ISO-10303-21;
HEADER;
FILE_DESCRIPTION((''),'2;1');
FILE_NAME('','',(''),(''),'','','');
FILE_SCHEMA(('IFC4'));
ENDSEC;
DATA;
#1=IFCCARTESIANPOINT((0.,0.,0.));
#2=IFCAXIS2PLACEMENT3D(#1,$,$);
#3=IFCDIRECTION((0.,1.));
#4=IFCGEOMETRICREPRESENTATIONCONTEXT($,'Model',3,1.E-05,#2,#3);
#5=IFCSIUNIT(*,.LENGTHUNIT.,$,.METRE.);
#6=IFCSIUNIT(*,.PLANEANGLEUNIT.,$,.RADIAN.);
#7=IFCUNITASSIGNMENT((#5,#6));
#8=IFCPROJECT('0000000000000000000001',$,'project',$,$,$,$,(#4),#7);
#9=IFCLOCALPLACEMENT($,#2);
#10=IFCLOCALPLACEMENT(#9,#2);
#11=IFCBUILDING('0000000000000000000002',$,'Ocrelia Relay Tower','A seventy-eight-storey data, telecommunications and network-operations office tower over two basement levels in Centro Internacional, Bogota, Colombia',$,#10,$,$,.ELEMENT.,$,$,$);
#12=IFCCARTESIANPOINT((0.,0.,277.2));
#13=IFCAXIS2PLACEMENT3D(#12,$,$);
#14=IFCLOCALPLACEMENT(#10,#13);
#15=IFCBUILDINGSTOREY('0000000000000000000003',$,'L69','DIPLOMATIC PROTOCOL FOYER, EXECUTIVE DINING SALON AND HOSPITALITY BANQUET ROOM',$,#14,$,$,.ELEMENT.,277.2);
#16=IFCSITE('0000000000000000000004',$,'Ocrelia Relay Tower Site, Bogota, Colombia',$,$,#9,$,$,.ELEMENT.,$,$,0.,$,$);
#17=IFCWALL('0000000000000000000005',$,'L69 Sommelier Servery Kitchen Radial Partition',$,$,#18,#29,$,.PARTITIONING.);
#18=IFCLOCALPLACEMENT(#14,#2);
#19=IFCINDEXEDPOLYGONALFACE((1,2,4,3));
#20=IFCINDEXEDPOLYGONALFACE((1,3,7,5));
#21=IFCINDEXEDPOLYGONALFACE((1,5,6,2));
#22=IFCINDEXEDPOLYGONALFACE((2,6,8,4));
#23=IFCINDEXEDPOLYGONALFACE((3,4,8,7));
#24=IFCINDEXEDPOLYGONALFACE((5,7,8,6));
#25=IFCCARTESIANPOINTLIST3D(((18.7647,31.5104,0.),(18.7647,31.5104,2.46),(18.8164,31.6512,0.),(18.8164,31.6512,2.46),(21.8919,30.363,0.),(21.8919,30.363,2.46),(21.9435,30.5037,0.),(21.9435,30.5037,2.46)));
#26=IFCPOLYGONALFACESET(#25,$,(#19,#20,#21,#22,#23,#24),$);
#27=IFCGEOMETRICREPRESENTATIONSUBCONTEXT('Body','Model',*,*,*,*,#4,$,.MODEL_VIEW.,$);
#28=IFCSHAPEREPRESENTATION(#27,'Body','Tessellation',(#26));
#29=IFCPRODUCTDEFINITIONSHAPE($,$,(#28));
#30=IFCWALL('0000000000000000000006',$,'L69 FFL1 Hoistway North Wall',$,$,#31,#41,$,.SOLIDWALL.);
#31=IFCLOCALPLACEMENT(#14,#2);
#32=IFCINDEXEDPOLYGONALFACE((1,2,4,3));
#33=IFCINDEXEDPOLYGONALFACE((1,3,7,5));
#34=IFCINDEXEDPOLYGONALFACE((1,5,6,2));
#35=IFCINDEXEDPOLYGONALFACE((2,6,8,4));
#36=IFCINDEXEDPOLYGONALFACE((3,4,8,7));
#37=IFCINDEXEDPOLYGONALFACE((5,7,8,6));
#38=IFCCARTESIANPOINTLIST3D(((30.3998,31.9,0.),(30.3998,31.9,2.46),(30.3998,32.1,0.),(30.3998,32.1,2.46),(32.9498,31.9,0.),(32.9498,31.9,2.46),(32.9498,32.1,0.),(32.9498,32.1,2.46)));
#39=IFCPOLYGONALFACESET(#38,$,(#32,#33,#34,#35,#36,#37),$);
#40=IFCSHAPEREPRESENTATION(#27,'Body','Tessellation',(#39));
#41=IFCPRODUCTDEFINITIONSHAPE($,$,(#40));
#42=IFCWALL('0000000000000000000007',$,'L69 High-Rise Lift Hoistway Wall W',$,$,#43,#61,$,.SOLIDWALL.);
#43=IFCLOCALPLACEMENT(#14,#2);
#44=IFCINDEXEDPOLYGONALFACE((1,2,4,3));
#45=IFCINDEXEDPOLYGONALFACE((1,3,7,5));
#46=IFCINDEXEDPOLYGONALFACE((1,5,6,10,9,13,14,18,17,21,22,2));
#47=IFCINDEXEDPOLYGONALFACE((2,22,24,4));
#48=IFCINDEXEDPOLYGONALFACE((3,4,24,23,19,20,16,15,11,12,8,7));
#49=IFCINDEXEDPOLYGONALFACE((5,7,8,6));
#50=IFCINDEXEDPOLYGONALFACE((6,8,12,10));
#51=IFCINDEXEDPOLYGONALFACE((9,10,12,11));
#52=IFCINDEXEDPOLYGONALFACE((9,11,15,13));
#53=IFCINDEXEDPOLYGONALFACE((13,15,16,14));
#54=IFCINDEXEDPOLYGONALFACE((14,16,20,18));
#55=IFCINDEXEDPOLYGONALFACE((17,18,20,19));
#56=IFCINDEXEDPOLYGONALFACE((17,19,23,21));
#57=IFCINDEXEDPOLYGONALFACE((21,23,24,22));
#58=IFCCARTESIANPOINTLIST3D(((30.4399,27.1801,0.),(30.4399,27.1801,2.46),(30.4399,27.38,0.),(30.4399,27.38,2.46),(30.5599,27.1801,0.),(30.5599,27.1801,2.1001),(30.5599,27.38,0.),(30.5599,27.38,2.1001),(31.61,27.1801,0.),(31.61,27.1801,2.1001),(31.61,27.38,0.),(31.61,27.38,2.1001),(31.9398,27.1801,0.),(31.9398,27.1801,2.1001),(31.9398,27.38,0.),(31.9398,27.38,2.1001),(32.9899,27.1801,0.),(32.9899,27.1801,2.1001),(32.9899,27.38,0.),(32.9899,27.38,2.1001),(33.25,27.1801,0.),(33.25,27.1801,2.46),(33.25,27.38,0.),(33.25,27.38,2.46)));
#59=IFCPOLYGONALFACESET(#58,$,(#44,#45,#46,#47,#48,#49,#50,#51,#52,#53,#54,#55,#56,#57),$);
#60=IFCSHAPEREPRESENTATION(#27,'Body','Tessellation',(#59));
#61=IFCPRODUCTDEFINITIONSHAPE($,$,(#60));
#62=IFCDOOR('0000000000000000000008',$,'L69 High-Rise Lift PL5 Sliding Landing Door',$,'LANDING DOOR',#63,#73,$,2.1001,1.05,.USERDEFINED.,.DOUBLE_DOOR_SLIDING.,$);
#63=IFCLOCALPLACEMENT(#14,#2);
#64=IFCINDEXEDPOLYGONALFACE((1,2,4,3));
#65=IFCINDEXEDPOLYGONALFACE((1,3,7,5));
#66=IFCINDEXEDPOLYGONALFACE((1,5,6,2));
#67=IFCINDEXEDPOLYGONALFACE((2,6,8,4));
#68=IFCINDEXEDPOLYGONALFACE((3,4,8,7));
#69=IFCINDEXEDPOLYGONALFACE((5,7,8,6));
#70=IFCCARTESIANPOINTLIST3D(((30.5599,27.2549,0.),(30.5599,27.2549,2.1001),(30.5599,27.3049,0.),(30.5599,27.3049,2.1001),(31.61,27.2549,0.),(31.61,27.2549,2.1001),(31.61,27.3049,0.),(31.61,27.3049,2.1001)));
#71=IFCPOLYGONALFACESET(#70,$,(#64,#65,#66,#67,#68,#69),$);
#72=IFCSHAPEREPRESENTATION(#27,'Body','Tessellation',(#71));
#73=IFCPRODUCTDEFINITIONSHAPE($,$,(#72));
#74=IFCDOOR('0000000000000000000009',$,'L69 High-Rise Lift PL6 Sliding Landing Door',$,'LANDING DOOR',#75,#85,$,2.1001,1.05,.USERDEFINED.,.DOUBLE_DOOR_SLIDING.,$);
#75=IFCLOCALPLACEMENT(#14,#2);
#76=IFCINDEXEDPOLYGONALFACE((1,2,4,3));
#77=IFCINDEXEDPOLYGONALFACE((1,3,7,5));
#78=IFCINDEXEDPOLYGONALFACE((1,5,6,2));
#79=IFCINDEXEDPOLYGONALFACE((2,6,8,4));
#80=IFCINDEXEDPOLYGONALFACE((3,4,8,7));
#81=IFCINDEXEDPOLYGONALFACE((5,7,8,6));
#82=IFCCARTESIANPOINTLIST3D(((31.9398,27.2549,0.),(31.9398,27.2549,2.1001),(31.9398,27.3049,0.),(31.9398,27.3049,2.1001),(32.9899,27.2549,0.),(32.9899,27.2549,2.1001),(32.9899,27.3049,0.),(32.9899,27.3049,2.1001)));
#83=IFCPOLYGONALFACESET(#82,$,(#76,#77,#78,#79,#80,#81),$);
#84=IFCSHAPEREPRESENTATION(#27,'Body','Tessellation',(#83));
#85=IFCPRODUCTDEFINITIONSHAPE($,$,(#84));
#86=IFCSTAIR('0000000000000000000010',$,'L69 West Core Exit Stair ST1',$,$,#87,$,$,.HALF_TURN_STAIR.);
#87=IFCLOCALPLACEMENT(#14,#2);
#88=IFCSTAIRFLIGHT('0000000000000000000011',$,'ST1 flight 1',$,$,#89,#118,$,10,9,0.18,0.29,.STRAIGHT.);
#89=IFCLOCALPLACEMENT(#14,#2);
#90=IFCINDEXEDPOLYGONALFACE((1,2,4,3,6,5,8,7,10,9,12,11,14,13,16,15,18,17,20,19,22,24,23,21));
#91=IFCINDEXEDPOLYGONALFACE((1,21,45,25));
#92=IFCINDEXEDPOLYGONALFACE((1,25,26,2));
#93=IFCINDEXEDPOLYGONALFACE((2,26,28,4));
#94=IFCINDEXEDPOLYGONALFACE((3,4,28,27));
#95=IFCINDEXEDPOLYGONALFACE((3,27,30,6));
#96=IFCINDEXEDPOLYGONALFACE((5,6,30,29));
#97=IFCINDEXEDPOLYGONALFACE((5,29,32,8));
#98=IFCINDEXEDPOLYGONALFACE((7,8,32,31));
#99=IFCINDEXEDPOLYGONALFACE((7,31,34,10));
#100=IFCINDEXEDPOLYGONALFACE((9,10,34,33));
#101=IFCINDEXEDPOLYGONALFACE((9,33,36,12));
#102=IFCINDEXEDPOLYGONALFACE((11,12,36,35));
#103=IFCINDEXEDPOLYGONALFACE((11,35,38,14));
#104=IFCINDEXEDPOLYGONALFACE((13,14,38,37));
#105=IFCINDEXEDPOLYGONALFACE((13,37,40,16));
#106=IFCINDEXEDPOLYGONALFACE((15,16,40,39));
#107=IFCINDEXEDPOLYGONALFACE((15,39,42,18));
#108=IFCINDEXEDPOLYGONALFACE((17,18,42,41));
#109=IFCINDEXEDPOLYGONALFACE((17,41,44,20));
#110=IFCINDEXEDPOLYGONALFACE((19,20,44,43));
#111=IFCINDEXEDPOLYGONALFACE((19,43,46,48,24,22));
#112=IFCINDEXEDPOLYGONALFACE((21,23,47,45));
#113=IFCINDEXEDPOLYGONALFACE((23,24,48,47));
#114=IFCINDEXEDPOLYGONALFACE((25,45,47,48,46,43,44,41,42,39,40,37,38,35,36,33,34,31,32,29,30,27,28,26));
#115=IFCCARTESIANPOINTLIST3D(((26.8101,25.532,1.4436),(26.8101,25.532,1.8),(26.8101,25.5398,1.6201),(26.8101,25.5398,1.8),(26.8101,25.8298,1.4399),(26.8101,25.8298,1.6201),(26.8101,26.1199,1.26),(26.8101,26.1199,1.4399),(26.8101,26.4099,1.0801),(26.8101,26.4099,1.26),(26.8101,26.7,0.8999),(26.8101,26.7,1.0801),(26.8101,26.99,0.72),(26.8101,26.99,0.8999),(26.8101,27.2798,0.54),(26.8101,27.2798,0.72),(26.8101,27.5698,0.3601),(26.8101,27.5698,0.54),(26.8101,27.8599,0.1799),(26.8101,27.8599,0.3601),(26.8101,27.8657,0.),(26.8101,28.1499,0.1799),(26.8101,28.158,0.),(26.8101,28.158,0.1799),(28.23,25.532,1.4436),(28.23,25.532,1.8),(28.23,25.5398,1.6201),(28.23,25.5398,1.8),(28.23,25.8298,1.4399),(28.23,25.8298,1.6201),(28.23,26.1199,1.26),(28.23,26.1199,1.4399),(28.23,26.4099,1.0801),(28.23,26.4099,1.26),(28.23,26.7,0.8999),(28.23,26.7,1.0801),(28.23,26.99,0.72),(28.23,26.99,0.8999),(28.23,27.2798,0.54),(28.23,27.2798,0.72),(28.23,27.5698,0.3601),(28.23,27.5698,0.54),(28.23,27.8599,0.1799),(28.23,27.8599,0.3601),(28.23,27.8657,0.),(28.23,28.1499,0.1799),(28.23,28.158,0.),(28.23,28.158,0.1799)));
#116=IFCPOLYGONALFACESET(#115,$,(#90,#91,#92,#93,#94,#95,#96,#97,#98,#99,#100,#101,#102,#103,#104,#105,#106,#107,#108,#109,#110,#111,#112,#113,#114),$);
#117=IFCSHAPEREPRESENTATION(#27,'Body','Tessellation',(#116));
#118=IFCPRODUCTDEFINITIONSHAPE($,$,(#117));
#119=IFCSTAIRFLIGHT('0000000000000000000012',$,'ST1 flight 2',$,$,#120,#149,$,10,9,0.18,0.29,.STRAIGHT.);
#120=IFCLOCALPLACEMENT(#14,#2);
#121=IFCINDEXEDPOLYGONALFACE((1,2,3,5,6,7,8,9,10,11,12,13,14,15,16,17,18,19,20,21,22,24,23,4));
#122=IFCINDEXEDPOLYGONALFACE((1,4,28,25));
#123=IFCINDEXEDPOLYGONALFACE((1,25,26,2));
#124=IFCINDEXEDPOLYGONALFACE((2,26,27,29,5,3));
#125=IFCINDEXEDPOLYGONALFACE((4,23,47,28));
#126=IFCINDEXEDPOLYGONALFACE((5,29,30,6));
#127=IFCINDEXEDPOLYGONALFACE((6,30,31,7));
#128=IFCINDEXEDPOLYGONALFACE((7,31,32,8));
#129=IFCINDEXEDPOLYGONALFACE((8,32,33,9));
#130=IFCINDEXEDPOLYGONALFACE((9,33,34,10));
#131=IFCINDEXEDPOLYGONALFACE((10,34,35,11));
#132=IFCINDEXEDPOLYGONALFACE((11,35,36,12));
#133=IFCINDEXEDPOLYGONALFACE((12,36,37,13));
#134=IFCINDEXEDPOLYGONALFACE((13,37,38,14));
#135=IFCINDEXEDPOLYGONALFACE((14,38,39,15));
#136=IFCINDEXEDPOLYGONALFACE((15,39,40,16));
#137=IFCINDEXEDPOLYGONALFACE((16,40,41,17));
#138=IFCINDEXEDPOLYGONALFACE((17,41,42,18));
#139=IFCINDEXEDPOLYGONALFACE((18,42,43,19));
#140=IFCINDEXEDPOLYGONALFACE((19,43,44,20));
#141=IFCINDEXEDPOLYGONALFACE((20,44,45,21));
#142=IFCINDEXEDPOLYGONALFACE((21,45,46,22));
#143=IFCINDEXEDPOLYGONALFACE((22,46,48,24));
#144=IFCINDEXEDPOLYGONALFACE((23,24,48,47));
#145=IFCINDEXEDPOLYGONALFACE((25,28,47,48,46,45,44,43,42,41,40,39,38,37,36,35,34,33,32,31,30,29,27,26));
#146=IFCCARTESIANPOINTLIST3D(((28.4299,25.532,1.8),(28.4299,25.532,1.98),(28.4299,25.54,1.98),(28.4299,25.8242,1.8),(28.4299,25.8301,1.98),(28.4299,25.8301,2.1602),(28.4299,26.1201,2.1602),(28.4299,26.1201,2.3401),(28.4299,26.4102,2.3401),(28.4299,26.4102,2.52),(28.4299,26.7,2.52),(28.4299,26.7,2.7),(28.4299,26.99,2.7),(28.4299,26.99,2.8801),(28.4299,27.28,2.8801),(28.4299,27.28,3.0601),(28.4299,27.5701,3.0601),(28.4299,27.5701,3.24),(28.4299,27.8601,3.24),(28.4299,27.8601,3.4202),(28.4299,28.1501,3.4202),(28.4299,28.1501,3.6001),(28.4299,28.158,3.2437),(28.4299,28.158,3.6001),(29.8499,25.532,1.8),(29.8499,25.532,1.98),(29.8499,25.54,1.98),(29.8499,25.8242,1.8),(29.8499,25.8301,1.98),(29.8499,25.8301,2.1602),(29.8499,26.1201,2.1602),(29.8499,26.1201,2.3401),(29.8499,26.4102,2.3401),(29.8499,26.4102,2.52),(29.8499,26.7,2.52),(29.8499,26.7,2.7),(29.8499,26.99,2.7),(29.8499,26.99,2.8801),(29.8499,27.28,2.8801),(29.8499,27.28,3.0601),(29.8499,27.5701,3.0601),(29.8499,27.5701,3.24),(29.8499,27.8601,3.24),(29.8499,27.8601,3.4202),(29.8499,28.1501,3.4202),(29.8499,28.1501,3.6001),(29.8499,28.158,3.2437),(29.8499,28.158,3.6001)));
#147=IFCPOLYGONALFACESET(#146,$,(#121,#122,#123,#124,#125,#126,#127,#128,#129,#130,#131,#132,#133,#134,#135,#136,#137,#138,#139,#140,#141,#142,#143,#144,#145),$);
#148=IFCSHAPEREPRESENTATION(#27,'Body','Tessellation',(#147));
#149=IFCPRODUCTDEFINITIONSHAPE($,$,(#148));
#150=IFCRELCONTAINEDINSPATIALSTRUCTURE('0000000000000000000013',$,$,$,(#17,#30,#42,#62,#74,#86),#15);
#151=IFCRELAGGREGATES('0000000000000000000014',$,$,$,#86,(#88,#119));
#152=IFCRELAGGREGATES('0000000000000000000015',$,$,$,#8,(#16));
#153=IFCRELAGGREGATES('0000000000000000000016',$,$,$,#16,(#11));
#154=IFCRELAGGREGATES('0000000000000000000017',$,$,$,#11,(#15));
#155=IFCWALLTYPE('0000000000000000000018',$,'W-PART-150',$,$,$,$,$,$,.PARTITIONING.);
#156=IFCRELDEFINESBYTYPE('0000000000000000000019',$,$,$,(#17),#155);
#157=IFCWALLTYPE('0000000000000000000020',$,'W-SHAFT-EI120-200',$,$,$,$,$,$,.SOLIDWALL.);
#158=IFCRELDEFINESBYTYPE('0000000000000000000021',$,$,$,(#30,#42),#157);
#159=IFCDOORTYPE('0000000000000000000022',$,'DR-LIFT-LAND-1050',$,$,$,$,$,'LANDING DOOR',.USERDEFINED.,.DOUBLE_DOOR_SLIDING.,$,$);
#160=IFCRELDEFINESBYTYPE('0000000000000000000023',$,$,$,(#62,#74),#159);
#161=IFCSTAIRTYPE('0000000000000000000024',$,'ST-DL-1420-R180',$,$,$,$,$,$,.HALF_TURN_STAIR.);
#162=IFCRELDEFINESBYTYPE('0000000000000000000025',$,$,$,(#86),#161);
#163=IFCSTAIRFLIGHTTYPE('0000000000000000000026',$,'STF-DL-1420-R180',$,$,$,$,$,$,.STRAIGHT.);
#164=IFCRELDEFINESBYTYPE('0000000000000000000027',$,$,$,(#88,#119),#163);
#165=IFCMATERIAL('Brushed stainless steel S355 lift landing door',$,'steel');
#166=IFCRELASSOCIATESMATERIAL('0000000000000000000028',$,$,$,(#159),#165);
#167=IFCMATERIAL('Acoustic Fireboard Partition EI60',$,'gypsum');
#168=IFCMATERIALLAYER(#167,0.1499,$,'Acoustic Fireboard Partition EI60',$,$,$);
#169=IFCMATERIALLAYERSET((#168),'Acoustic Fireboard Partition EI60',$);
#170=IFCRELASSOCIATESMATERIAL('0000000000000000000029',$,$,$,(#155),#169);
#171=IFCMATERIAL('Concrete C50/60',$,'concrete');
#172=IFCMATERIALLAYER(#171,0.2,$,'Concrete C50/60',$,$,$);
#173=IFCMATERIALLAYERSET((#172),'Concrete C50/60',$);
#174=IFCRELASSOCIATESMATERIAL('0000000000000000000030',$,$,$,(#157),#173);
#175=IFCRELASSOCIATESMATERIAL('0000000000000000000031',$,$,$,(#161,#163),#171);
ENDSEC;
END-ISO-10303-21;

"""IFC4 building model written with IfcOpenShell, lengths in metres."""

from ifc_helpers import new_model, si_unit, direction, frame, frame_2d, origin, place, context, subcontext, project, spatial, polyline, rectangle, outline, extrude, material, layer, layer_set, type_object, element, fill, aggregate, save


model = new_model("IFC4")

# Units and contexts
model_context = context("Model", 3, precision=1e-05, world=origin(), true_north=direction((0.0, 1.0)))
body_context = subcontext(model_context, "Body", "Model", "MODEL_VIEW")
ifc_project = project(units=[si_unit("LENGTHUNIT", "METRE"), si_unit("PLANEANGLEUNIT", "RADIAN")], contexts=[model_context])

# Site, building, storey
site_placement = place(None, origin())
site = spatial("IfcSite", under=ifc_project, at=site_placement, Name="Ocrelia Relay Tower Site, Bogota, Colombia", CompositionType="ELEMENT", RefElevation=0.0)
building_placement = place(site_placement, origin())
building = spatial("IfcBuilding", under=site, at=building_placement, Name="Ocrelia Relay Tower", Description="A seventy-eight-storey data, telecommunications and network-operations office tower over two basement levels in Centro Internacional, Bogota, Colombia", CompositionType="ELEMENT")
storey_placement = place(building_placement, frame((0.0, 0.0, 277.2)))
storey = spatial("IfcBuildingStorey", under=building, at=storey_placement, Name="L69", Description="DIPLOMATIC PROTOCOL FOYER, EXECUTIVE DINING SALON AND HOSPITALITY BANQUET ROOM", CompositionType="ELEMENT", Elevation=277.2)

# Shared definitions
ifc_material_1 = material(Name="Concrete C50/60", Category="concrete")

# Shared definitions
ifc_material_2 = material(Name="Brushed stainless steel S355 lift landing door", Category="steel")
door_type_1 = type_object("IfcDoorType", Name="DR-LIFT-LAND-1050", ElementType="LANDING DOOR", OperationType="DOUBLE_DOOR_SLIDING", PredefinedType="USERDEFINED", material=ifc_material_2)

# Walls
ifc_material_3 = material(Name="Acoustic Fireboard Partition EI60", Category="gypsum")
ifc_layer_1 = layer(ifc_material_3, 0.1499, Name="Acoustic Fireboard Partition EI60")
ifc_layer_set_1 = layer_set([ifc_layer_1], Name="Acoustic Fireboard Partition EI60")
wall_type_1 = type_object("IfcWallType", Name="W-PART-150", PredefinedType="PARTITIONING", material=ifc_layer_set_1)
wall_1_placement = place(storey_placement, frame((21.9177, 30.4333, 0.0), z_axis=(0.0, 0.0, 1.0), x_axis=(-0.938797, 0.344472, 0.0)))
element("IfcWall", 1, at=wall_1_placement, inside=storey, type_object=wall_type_1, Name="L69 Sommelier Servery Kitchen Radial Partition", PredefinedType="PARTITIONING", context=body_context, shape_type="SweptSolid", body=[
    extrude(rectangle(XDim=3.3311, YDim=0.1499, at=frame_2d((1.6655, 0.0))), origin(), (0.0, 0.0, 1.0), 2.46),
])
ifc_layer_2 = layer(ifc_material_1, 0.2, Name="Concrete C50/60")
ifc_layer_set_2 = layer_set([ifc_layer_2], Name="Concrete C50/60")
wall_type_2 = type_object("IfcWallType", Name="W-SHAFT-EI120-200", PredefinedType="SOLIDWALL", material=ifc_layer_set_2)
wall_2_placement = place(storey_placement, frame((30.3999, 32.0, 0.0), z_axis=(0.0, 0.0, 1.0), x_axis=(1.0, 0.0, 0.0)))
element("IfcWall", 2, at=wall_2_placement, inside=storey, type_object=wall_type_2, Name="L69 FFL1 Hoistway North Wall", PredefinedType="SOLIDWALL", context=body_context, shape_type="SweptSolid", body=[
    extrude(rectangle(XDim=2.55, YDim=0.2, at=frame_2d((1.2749, 0.0))), origin(), (0.0, 0.0, 1.0), 2.46),
])

# Wall, openings, doors
wall_3_placement = place(storey_placement, frame((30.4399, 27.28, 0.0), z_axis=(0.0, 0.0, 1.0), x_axis=(1.0, 0.0, 0.0)))
wall_3 = element("IfcWall", 3, at=wall_3_placement, inside=storey, type_object=wall_type_2, Name="L69 High-Rise Lift Hoistway Wall W", PredefinedType="SOLIDWALL", context=body_context, shape_type="SweptSolid", body=[
    extrude(rectangle(XDim=2.8101, YDim=0.2, at=frame_2d((1.405, 0.0))), origin(), (0.0, 0.0, 1.0), 2.46),
])
opening_1_placement = place(wall_3_placement, frame((0.1201, 0.0, 0.0)))
opening_1 = element("IfcOpeningElement", 4, at=opening_1_placement, cuts=wall_3, PredefinedType="OPENING", context=body_context, shape_type="SweptSolid", body=[
    extrude(rectangle(XDim=1.05, YDim=2.1001, at=frame_2d((0.5249, 1.05))), frame((0.0, 0.1099, 0.0), z_axis=(0.0, -1.0, 0.0), x_axis=(1.0, 0.0, 0.0)), (0.0, 0.0, 1.0), 0.22),
])
opening_2_placement = place(wall_3_placement, frame((1.5, 0.0, 0.0)))
opening_2 = element("IfcOpeningElement", 5, at=opening_2_placement, cuts=wall_3, PredefinedType="OPENING", context=body_context, shape_type="SweptSolid", body=[
    extrude(rectangle(XDim=1.05, YDim=2.1001, at=frame_2d((0.5249, 1.05))), frame((0.0, 0.1099, 0.0), z_axis=(0.0, -1.0, 0.0), x_axis=(1.0, 0.0, 0.0)), (0.0, 0.0, 1.0), 0.22),
])
door_1_placement = place(opening_1_placement, origin())
door_1 = element("IfcDoor", 6, at=door_1_placement, inside=storey, type_object=door_type_1, Name="L69 High-Rise Lift PL5 Sliding Landing Door", ObjectType="LANDING DOOR", OperationType="DOUBLE_DOOR_SLIDING", OverallHeight=2.1001, OverallWidth=1.05, PredefinedType="USERDEFINED", context=body_context, shape_type="SweptSolid", body=[
    extrude(rectangle(XDim=1.05, YDim=2.1001, at=frame_2d((0.5249, 1.05))), frame((0.0, 0.0249, 0.0), z_axis=(0.0, -1.0, 0.0), x_axis=(1.0, 0.0, 0.0)), (0.0, 0.0, 1.0), 0.05),
])
fill(opening_1, door_1)
door_2_placement = place(opening_2_placement, origin())
door_2 = element("IfcDoor", 7, at=door_2_placement, inside=storey, type_object=door_type_1, Name="L69 High-Rise Lift PL6 Sliding Landing Door", ObjectType="LANDING DOOR", OperationType="DOUBLE_DOOR_SLIDING", OverallHeight=2.1001, OverallWidth=1.05, PredefinedType="USERDEFINED", context=body_context, shape_type="SweptSolid", body=[
    extrude(rectangle(XDim=1.05, YDim=2.1001, at=frame_2d((0.5249, 1.05))), frame((0.0, 0.0249, 0.0), z_axis=(0.0, -1.0, 0.0), x_axis=(1.0, 0.0, 0.0)), (0.0, 0.0, 1.0), 0.05),
])
fill(opening_2, door_2)

# Stair, stair flights
stair_type = type_object("IfcStairType", Name="ST-DL-1420-R180", PredefinedType="HALF_TURN_STAIR", material=ifc_material_1)
stair_placement = place(storey_placement, origin())
stair = element("IfcStair", 8, at=stair_placement, inside=storey, type_object=stair_type, Name="L69 West Core Exit Stair ST1", PredefinedType="HALF_TURN_STAIR")
stair_flight_type = type_object("IfcStairFlightType", Name="STF-DL-1420-R180", PredefinedType="STRAIGHT", material=ifc_material_1)
stair_flight_1_placement = place(storey_placement, frame((27.52, 28.1499, 0.0), z_axis=(0.0, 0.0, 1.0), x_axis=(0.0, -1.0, 0.0)))
stair_flight_1 = element("IfcStairFlight", 9, at=stair_flight_1_placement, type_object=stair_flight_type, Name="ST1 flight 1", NumberOfRisers=10, NumberOfTreads=9, PredefinedType="STRAIGHT", RiserHeight=0.18, TreadLength=0.29, context=body_context, shape_type="SweptSolid", body=[
    extrude(outline(polyline([(-0.0081, 0.0), (-0.0081, 0.1799), (0.0, 0.1799), (0.29, 0.1799), (0.29, 0.3601), (0.5801, 0.3601), (0.5801, 0.54), (0.8701, 0.54), (0.8701, 0.72), (1.1599, 0.72), (1.1599, 0.8999), (1.45, 0.8999), (1.45, 1.0801), (1.74, 1.0801), (1.74, 1.26), (2.03, 1.26), (2.03, 1.4399), (2.3201, 1.4399), (2.3201, 1.6201), (2.6101, 1.6201), (2.6101, 1.8), (2.6179, 1.8), (2.6179, 1.4436), (0.2842, 0.0), (-0.0081, 0.0)])), frame((0.0, 0.71, 0.0), z_axis=(0.0, -1.0, 0.0), x_axis=(1.0, 0.0, 0.0)), (0.0, 0.0, 1.0), 1.4199),
])
stair_flight_2_placement = place(storey_placement, frame((29.1399, 25.54, 1.8), z_axis=(0.0, 0.0, 1.0), x_axis=(0.0, 1.0, 0.0)))
stair_flight_2 = element("IfcStairFlight", 10, at=stair_flight_2_placement, type_object=stair_flight_type, Name="ST1 flight 2", NumberOfRisers=10, NumberOfTreads=9, PredefinedType="STRAIGHT", RiserHeight=0.18, TreadLength=0.29, context=body_context, shape_type="SweptSolid", body=[
    extrude(outline(polyline([(-0.0081, 0.0), (-0.0081, 0.1799), (0.0, 0.1799), (0.29, 0.1799), (0.29, 0.3601), (0.5801, 0.3601), (0.5801, 0.54), (0.8701, 0.54), (0.8701, 0.72), (1.1599, 0.72), (1.1599, 0.8999), (1.45, 0.8999), (1.45, 1.0801), (1.74, 1.0801), (1.74, 1.26), (2.03, 1.26), (2.03, 1.4399), (2.3201, 1.4399), (2.3201, 1.6201), (2.6101, 1.6201), (2.6101, 1.8), (2.6179, 1.8), (2.6179, 1.4436), (0.2842, 0.0), (-0.0081, 0.0)])), frame((0.0, 0.71, 0.0), z_axis=(0.0, -1.0, 0.0), x_axis=(1.0, 0.0, 0.0)), (0.0, 0.0, 1.0), 1.4199),
])
aggregate(stair, [stair_flight_1, stair_flight_2])

save(model, "model.ifc")
